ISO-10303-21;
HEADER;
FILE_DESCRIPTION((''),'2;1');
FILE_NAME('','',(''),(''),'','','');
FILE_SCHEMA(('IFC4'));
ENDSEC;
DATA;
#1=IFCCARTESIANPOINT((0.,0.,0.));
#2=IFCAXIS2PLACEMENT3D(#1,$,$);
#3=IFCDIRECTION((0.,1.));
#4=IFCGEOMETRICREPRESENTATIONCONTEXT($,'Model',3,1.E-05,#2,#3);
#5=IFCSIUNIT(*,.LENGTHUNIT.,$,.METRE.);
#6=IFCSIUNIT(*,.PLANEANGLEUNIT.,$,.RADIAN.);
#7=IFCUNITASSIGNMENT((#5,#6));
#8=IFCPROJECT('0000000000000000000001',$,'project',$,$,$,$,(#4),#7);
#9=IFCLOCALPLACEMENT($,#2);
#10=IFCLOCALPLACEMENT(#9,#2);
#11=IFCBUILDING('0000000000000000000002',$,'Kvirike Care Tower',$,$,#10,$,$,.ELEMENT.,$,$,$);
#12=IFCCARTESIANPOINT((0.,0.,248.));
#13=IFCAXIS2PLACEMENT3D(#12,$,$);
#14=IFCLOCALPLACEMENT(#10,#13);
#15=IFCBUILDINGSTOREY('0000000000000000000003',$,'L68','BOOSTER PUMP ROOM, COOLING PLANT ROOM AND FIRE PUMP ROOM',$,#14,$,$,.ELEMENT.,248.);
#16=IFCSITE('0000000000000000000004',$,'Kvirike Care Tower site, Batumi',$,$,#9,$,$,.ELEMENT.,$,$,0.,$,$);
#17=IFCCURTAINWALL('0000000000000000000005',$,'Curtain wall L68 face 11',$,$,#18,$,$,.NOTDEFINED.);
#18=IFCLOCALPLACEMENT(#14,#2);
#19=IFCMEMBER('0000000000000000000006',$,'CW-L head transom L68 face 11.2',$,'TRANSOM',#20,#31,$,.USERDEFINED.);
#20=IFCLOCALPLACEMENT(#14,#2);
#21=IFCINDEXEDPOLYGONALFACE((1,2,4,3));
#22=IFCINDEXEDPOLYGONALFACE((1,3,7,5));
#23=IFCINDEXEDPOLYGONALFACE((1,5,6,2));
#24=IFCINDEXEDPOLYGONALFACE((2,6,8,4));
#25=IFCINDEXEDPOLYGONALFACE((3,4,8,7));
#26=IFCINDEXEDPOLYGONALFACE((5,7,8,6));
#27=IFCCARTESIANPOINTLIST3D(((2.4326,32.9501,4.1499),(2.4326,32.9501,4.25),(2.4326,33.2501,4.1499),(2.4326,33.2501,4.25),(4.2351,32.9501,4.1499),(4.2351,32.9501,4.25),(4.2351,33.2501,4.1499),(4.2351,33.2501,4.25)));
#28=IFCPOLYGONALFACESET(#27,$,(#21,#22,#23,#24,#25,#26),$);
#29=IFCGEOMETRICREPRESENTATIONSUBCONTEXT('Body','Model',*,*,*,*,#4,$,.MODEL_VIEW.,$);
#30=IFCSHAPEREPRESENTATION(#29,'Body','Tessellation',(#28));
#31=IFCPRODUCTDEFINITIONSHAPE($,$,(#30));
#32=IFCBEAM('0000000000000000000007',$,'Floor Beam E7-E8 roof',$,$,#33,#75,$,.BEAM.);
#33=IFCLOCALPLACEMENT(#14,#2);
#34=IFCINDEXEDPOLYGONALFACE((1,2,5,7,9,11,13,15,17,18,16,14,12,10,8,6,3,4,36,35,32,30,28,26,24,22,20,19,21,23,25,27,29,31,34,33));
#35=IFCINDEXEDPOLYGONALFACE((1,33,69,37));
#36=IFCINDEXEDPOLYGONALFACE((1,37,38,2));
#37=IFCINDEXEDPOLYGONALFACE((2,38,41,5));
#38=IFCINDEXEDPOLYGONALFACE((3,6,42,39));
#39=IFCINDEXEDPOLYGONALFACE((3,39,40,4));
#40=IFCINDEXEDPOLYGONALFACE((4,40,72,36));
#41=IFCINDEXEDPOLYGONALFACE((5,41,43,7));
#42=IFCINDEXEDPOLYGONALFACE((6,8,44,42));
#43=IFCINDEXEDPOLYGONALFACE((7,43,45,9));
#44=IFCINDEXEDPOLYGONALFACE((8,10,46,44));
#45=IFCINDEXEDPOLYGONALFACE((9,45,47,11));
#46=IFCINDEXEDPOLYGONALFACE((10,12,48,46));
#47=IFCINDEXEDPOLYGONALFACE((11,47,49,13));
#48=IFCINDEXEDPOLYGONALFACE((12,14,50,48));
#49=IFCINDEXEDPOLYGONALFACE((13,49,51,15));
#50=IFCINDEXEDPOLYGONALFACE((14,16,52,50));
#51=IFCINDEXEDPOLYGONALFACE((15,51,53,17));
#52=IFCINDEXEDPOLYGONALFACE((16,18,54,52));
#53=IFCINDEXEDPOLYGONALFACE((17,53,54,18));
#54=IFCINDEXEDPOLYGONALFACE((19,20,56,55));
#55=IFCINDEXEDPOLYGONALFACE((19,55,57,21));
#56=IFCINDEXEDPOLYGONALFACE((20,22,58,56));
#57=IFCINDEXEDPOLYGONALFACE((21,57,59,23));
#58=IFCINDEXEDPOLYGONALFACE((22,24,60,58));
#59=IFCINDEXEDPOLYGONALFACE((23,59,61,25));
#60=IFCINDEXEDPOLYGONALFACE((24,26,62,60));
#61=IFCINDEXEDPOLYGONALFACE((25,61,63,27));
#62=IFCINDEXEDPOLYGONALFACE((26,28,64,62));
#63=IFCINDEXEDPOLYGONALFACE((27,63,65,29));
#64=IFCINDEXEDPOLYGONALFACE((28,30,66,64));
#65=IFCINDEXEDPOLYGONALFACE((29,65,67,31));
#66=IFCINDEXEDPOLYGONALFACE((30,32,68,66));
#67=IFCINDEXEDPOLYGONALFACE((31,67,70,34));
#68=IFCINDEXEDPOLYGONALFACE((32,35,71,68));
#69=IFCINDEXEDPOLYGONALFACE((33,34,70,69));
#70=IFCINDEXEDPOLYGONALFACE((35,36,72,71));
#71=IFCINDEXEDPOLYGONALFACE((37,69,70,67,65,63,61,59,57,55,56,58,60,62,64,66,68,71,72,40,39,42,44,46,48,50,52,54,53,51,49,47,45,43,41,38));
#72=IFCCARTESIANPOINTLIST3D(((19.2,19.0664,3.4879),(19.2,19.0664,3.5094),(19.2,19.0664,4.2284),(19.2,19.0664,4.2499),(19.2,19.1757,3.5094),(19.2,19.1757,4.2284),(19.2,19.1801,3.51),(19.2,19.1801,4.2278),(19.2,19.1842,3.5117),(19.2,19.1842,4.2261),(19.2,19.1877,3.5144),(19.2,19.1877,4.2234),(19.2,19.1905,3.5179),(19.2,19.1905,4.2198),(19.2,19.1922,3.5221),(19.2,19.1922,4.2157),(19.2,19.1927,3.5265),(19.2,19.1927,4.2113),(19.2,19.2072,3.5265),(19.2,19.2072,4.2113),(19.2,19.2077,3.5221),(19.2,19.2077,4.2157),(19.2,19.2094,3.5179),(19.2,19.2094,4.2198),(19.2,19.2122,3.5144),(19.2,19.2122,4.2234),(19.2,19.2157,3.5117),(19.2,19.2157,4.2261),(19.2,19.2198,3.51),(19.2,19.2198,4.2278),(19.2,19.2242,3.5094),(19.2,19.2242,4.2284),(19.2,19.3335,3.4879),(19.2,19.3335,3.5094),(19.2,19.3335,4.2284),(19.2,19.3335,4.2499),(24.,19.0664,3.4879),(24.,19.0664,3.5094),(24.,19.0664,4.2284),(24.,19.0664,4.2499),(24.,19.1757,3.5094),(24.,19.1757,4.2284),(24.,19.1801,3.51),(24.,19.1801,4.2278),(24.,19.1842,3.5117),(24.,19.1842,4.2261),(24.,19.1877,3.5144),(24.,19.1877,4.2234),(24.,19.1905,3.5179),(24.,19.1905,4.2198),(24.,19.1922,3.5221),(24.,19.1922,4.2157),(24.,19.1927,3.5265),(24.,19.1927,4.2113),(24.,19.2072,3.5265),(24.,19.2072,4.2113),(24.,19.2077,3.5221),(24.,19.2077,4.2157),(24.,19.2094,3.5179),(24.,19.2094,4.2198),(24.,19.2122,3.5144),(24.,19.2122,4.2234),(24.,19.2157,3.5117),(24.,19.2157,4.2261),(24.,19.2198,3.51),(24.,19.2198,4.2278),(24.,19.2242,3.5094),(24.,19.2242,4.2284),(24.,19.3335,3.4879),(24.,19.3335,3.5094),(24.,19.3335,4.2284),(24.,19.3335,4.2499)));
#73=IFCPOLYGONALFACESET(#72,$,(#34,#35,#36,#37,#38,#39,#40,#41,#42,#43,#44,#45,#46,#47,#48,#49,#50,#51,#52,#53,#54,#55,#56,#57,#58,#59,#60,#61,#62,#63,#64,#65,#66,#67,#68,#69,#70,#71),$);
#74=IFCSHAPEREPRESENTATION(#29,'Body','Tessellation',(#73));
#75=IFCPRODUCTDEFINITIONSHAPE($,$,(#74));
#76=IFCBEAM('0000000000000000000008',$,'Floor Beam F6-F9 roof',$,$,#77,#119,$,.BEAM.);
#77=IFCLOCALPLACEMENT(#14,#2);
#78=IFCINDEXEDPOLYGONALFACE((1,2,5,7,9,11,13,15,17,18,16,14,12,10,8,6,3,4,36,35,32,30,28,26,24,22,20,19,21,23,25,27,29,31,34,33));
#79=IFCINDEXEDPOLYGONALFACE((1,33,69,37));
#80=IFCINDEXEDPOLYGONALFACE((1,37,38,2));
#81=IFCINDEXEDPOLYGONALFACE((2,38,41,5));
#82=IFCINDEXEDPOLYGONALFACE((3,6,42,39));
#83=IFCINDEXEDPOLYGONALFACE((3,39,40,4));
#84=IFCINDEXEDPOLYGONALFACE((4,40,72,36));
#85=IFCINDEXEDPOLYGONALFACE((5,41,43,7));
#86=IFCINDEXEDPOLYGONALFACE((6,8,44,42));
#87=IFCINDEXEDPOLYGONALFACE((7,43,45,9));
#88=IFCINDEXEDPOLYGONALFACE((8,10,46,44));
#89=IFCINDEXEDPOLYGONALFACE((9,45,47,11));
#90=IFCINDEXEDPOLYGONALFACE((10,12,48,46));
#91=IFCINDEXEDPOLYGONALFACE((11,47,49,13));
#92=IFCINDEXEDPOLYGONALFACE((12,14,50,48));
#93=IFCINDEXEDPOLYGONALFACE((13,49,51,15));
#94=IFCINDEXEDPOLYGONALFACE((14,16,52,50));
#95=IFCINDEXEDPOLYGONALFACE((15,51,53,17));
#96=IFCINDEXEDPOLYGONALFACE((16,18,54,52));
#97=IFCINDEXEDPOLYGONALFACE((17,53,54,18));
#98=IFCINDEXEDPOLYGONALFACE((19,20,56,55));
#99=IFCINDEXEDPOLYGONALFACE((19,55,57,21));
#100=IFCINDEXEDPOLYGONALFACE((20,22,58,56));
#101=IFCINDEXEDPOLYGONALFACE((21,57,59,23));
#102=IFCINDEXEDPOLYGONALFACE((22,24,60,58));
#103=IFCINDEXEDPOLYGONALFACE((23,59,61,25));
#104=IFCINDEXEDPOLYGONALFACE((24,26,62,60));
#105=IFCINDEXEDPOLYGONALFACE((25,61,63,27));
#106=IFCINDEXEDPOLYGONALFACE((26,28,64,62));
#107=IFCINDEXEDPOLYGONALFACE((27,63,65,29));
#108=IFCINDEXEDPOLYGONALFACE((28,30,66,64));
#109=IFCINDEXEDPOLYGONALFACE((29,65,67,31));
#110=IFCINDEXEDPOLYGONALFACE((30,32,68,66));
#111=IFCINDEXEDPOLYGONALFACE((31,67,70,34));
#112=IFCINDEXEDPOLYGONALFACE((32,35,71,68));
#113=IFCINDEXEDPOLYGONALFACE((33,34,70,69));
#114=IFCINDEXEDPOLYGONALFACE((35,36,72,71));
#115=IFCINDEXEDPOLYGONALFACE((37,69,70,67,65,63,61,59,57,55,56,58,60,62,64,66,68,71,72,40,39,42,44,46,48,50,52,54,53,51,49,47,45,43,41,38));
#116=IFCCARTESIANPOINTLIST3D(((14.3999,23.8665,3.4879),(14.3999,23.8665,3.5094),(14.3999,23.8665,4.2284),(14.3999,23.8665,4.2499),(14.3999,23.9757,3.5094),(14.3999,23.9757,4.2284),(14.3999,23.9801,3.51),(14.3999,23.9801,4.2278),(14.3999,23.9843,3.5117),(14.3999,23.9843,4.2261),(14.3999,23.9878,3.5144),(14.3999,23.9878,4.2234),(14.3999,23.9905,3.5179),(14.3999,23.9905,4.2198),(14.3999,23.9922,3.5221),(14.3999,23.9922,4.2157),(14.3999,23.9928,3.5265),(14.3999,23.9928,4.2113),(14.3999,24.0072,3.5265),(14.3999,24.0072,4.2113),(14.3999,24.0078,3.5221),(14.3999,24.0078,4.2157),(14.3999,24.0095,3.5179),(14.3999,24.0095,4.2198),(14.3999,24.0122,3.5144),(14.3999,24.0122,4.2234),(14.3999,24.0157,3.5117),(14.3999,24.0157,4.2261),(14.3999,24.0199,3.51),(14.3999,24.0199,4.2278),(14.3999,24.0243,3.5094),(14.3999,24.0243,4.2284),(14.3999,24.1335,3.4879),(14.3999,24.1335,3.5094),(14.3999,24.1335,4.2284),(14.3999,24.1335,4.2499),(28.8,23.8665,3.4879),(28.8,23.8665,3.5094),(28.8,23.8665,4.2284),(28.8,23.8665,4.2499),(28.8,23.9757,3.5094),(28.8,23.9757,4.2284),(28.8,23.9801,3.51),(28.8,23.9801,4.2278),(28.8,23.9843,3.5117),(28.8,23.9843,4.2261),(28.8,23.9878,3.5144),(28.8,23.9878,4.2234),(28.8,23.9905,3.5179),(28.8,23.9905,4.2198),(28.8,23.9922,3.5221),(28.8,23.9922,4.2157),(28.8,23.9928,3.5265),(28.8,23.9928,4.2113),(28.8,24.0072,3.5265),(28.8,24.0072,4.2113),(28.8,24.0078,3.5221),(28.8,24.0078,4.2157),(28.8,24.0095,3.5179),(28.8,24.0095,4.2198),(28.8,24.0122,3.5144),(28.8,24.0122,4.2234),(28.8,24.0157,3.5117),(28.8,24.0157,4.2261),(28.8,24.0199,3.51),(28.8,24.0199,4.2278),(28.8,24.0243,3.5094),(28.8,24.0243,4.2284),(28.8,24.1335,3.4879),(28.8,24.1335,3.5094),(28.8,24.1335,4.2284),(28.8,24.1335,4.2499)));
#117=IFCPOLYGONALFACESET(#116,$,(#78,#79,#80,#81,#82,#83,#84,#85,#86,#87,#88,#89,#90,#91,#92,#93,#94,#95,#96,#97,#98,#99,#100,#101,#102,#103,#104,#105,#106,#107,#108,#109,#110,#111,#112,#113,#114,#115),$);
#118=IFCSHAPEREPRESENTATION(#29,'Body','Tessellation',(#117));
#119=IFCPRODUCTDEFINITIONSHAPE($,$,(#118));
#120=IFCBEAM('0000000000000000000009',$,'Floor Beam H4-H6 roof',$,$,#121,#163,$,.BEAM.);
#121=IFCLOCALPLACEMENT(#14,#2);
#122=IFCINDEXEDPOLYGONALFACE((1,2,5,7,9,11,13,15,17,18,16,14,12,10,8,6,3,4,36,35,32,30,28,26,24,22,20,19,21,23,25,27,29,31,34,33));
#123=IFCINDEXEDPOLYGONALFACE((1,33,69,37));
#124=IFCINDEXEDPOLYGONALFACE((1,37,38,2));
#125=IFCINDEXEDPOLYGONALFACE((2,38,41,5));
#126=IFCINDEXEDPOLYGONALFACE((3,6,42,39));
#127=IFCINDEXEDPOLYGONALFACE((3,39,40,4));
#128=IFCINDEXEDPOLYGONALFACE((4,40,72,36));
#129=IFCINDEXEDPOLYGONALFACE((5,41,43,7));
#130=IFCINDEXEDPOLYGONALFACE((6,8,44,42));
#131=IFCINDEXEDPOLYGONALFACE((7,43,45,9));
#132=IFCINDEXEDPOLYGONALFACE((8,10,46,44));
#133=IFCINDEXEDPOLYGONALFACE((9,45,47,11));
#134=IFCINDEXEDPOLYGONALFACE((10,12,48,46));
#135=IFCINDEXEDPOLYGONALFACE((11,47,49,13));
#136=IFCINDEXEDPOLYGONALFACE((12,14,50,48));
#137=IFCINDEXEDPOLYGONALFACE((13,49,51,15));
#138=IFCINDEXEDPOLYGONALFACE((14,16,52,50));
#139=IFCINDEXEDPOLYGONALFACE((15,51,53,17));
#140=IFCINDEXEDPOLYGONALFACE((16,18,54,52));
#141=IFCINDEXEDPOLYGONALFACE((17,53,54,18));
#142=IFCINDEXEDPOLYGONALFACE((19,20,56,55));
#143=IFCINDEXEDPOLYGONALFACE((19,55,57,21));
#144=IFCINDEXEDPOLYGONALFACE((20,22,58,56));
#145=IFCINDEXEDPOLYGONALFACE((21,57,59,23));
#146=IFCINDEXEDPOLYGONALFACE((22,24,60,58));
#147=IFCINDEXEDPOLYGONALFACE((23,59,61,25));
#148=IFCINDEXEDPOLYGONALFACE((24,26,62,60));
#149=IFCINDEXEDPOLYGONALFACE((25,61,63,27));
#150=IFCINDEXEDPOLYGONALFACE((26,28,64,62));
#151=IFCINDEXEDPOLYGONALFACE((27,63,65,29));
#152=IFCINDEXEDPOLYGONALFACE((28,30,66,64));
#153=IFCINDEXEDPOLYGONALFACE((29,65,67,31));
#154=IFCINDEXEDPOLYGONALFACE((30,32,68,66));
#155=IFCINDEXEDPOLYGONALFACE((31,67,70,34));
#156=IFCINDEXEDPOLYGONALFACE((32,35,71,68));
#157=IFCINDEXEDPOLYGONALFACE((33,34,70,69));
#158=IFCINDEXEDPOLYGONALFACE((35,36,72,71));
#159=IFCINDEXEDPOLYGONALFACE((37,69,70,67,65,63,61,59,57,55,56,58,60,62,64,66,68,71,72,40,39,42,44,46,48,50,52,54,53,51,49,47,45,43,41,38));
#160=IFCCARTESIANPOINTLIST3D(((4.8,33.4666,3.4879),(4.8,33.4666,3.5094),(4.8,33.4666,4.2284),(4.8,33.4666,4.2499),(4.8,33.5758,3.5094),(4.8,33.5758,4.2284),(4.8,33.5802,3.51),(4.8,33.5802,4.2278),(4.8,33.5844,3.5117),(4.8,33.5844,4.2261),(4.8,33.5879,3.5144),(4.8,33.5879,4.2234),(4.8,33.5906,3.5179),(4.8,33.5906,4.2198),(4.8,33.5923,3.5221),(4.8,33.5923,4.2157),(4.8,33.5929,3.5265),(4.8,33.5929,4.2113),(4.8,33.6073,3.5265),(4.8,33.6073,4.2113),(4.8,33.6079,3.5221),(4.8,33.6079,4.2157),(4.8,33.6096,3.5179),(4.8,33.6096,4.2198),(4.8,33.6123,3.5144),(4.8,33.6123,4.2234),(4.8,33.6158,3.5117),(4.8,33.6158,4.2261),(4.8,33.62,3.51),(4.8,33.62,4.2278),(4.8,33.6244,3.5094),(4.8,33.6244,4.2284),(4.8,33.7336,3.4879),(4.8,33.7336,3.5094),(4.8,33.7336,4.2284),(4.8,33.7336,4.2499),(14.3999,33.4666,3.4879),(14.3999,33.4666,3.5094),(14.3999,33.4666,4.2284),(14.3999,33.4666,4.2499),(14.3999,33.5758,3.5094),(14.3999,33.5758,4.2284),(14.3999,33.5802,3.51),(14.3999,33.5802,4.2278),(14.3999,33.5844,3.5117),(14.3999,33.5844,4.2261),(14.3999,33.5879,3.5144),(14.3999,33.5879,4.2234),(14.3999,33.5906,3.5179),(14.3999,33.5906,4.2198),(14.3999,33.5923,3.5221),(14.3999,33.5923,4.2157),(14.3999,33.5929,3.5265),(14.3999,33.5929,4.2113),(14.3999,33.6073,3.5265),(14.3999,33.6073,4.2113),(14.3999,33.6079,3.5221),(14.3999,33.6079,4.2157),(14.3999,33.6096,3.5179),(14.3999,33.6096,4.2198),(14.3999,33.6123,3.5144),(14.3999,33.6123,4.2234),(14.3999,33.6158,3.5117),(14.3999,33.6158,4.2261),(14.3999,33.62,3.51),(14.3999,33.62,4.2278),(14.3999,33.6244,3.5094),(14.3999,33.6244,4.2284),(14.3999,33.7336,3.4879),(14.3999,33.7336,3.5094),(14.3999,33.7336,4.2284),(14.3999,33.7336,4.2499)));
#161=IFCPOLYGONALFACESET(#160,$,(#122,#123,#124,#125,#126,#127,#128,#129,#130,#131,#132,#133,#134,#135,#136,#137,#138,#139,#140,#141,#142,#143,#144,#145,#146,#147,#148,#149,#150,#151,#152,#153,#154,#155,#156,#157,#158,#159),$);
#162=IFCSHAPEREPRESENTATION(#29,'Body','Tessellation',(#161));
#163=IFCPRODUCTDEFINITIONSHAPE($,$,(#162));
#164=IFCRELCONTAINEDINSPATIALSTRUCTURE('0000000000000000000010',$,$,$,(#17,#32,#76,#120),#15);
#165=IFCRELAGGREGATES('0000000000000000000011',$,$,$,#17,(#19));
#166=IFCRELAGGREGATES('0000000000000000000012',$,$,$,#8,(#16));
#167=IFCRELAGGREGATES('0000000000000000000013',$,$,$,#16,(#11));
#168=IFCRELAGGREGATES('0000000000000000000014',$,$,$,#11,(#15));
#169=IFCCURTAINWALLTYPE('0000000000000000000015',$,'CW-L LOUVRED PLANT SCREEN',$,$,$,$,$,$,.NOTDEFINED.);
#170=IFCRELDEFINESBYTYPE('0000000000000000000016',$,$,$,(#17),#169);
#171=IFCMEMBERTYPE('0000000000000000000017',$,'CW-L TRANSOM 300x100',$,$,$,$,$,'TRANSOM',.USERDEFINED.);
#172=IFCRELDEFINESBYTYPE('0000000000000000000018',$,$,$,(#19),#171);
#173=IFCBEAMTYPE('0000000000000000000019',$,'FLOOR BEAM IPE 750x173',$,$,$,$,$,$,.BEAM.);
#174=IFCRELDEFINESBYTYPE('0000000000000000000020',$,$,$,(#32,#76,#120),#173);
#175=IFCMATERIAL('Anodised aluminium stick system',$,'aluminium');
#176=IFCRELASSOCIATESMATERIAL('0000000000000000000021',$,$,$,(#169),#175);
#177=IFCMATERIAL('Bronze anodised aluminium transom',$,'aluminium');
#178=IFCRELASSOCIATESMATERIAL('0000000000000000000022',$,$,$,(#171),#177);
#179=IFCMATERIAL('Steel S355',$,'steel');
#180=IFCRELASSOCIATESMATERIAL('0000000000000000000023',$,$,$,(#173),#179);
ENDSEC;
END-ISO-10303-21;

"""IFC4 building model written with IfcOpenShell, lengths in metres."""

from ifc_helpers import new_model, si_unit, direction, frame, origin, origin_2d, place, context, subcontext, project, spatial, rectangle, i_section, extrude, material, material_profile, profile_set, type_object, element, aggregate, save


model = new_model("IFC4")

# Units and contexts
model_context = context("Model", 3, precision=1e-05, world=origin(), true_north=direction((0.0, 1.0)))
body_context = subcontext(model_context, "Body", "Model", "MODEL_VIEW")
ifc_project = project(units=[si_unit("LENGTHUNIT", "METRE"), si_unit("PLANEANGLEUNIT", "RADIAN")], contexts=[model_context])

# Site, building, storey
site_placement = place(None, origin())
site = spatial("IfcSite", under=ifc_project, at=site_placement, Name="Kvirike Care Tower site, Batumi", CompositionType="ELEMENT", RefElevation=0.0)
building_placement = place(site_placement, origin())
building = spatial("IfcBuilding", under=site, at=building_placement, Name="Kvirike Care Tower", CompositionType="ELEMENT")
storey_placement = place(building_placement, frame((0.0, 0.0, 248.0)))
storey = spatial("IfcBuildingStorey", under=building, at=storey_placement, Name="L68", Description="BOOSTER PUMP ROOM, COOLING PLANT ROOM AND FIRE PUMP ROOM", CompositionType="ELEMENT", Elevation=248.0)

# Curtain wall, member
ifc_material_1 = material(Name="Anodised aluminium stick system", Category="aluminium")
curtain_wall_type = type_object("IfcCurtainWallType", Name="CW-L LOUVRED PLANT SCREEN", PredefinedType="NOTDEFINED", material=ifc_material_1)
ifc_material_2 = material(Name="Bronze anodised aluminium transom", Category="aluminium")
ifc_material_profile_1 = material_profile(ifc_material_2, rectangle(XDim=0.3, YDim=0.1001, at=origin_2d()), Name="CW-L TRANSOM 300x100")
ifc_profile_set_1 = profile_set([ifc_material_profile_1], Name="Bronze anodised aluminium transom")
member_type = type_object("IfcMemberType", Name="CW-L TRANSOM 300x100", ElementType="TRANSOM", PredefinedType="USERDEFINED", material=ifc_profile_set_1)
curtain_wall_1_placement = place(storey_placement, origin())
curtain_wall_1 = element("IfcCurtainWall", 1, at=curtain_wall_1_placement, inside=storey, type_object=curtain_wall_type, Name="Curtain wall L68 face 11", PredefinedType="NOTDEFINED")
member_1_placement = place(storey_placement, frame((2.4326, 33.1001, 4.2), z_axis=(1.0, 0.0, 0.0), x_axis=(0.0, 1.0, 0.0)))
member_1 = element("IfcMember", 2, at=member_1_placement, type_object=member_type, Name="CW-L head transom L68 face 11.2", ObjectType="TRANSOM", PredefinedType="USERDEFINED", context=body_context, shape_type="SweptSolid", body=[
    extrude(rectangle(XDim=0.3, YDim=0.1001, at=origin_2d()), origin(), (0.0, 0.0, 1.0), 1.8025),
])
aggregate(curtain_wall_1, [member_1])

# Beams
ifc_material_3 = material(Name="Steel S355", Category="steel")
ifc_material_profile_2 = material_profile(ifc_material_3, i_section(OverallWidth=0.2671, OverallDepth=0.762, WebThickness=0.0144, FlangeThickness=0.0215, FilletRadius=0.0171, at=origin_2d()), Name="IPE 750x173")
ifc_profile_set_2 = profile_set([ifc_material_profile_2], Name="Steel S355")
beam_type_1 = type_object("IfcBeamType", Name="FLOOR BEAM IPE 750x173", PredefinedType="BEAM", material=ifc_profile_set_2)
beam_1_placement = place(storey_placement, frame((19.2, 19.2, 3.8689), z_axis=(1.0, 0.0, 0.0), x_axis=(0.0, 1.0, 0.0)))
element("IfcBeam", 3, at=beam_1_placement, inside=storey, type_object=beam_type_1, Name="Floor Beam E7-E8 roof", PredefinedType="BEAM", context=body_context, shape_type="SweptSolid", body=[
    extrude(i_section(OverallWidth=0.2671, OverallDepth=0.762, WebThickness=0.0144, FlangeThickness=0.0215, FilletRadius=0.0171, at=origin_2d()), origin(), (0.0, 0.0, 1.0), 4.8),
])
beam_2_placement = place(storey_placement, frame((14.3999, 24.0, 3.8689), z_axis=(1.0, 0.0, 0.0), x_axis=(0.0, 1.0, 0.0)))
element("IfcBeam", 4, at=beam_2_placement, inside=storey, type_object=beam_type_1, Name="Floor Beam F6-F9 roof", PredefinedType="BEAM", context=body_context, shape_type="SweptSolid", body=[
    extrude(i_section(OverallWidth=0.2671, OverallDepth=0.762, WebThickness=0.0144, FlangeThickness=0.0215, FilletRadius=0.0171, at=origin_2d()), origin(), (0.0, 0.0, 1.0), 14.4001),
])
for number, where, z_axis, x_axis, name in (
    (5, (4.8, 33.6001, 3.8689), (1.0, 0.0, 0.0), (0.0, 1.0, 0.0), "Floor Beam H4-H6 roof"),
):
    element("IfcBeam", number, at=place(storey_placement, frame(where, z_axis=z_axis, x_axis=x_axis)), inside=storey, type_object=beam_type_1, Name=name, PredefinedType="BEAM", context=body_context, shape_type="SweptSolid", body=[
        extrude(i_section(OverallWidth=0.2671, OverallDepth=0.762, WebThickness=0.0144, FlangeThickness=0.0215, FilletRadius=0.0171, at=origin_2d()), origin(), (0.0, 0.0, 1.0), 9.5999),
    ])

save(model, "model.ifc")
